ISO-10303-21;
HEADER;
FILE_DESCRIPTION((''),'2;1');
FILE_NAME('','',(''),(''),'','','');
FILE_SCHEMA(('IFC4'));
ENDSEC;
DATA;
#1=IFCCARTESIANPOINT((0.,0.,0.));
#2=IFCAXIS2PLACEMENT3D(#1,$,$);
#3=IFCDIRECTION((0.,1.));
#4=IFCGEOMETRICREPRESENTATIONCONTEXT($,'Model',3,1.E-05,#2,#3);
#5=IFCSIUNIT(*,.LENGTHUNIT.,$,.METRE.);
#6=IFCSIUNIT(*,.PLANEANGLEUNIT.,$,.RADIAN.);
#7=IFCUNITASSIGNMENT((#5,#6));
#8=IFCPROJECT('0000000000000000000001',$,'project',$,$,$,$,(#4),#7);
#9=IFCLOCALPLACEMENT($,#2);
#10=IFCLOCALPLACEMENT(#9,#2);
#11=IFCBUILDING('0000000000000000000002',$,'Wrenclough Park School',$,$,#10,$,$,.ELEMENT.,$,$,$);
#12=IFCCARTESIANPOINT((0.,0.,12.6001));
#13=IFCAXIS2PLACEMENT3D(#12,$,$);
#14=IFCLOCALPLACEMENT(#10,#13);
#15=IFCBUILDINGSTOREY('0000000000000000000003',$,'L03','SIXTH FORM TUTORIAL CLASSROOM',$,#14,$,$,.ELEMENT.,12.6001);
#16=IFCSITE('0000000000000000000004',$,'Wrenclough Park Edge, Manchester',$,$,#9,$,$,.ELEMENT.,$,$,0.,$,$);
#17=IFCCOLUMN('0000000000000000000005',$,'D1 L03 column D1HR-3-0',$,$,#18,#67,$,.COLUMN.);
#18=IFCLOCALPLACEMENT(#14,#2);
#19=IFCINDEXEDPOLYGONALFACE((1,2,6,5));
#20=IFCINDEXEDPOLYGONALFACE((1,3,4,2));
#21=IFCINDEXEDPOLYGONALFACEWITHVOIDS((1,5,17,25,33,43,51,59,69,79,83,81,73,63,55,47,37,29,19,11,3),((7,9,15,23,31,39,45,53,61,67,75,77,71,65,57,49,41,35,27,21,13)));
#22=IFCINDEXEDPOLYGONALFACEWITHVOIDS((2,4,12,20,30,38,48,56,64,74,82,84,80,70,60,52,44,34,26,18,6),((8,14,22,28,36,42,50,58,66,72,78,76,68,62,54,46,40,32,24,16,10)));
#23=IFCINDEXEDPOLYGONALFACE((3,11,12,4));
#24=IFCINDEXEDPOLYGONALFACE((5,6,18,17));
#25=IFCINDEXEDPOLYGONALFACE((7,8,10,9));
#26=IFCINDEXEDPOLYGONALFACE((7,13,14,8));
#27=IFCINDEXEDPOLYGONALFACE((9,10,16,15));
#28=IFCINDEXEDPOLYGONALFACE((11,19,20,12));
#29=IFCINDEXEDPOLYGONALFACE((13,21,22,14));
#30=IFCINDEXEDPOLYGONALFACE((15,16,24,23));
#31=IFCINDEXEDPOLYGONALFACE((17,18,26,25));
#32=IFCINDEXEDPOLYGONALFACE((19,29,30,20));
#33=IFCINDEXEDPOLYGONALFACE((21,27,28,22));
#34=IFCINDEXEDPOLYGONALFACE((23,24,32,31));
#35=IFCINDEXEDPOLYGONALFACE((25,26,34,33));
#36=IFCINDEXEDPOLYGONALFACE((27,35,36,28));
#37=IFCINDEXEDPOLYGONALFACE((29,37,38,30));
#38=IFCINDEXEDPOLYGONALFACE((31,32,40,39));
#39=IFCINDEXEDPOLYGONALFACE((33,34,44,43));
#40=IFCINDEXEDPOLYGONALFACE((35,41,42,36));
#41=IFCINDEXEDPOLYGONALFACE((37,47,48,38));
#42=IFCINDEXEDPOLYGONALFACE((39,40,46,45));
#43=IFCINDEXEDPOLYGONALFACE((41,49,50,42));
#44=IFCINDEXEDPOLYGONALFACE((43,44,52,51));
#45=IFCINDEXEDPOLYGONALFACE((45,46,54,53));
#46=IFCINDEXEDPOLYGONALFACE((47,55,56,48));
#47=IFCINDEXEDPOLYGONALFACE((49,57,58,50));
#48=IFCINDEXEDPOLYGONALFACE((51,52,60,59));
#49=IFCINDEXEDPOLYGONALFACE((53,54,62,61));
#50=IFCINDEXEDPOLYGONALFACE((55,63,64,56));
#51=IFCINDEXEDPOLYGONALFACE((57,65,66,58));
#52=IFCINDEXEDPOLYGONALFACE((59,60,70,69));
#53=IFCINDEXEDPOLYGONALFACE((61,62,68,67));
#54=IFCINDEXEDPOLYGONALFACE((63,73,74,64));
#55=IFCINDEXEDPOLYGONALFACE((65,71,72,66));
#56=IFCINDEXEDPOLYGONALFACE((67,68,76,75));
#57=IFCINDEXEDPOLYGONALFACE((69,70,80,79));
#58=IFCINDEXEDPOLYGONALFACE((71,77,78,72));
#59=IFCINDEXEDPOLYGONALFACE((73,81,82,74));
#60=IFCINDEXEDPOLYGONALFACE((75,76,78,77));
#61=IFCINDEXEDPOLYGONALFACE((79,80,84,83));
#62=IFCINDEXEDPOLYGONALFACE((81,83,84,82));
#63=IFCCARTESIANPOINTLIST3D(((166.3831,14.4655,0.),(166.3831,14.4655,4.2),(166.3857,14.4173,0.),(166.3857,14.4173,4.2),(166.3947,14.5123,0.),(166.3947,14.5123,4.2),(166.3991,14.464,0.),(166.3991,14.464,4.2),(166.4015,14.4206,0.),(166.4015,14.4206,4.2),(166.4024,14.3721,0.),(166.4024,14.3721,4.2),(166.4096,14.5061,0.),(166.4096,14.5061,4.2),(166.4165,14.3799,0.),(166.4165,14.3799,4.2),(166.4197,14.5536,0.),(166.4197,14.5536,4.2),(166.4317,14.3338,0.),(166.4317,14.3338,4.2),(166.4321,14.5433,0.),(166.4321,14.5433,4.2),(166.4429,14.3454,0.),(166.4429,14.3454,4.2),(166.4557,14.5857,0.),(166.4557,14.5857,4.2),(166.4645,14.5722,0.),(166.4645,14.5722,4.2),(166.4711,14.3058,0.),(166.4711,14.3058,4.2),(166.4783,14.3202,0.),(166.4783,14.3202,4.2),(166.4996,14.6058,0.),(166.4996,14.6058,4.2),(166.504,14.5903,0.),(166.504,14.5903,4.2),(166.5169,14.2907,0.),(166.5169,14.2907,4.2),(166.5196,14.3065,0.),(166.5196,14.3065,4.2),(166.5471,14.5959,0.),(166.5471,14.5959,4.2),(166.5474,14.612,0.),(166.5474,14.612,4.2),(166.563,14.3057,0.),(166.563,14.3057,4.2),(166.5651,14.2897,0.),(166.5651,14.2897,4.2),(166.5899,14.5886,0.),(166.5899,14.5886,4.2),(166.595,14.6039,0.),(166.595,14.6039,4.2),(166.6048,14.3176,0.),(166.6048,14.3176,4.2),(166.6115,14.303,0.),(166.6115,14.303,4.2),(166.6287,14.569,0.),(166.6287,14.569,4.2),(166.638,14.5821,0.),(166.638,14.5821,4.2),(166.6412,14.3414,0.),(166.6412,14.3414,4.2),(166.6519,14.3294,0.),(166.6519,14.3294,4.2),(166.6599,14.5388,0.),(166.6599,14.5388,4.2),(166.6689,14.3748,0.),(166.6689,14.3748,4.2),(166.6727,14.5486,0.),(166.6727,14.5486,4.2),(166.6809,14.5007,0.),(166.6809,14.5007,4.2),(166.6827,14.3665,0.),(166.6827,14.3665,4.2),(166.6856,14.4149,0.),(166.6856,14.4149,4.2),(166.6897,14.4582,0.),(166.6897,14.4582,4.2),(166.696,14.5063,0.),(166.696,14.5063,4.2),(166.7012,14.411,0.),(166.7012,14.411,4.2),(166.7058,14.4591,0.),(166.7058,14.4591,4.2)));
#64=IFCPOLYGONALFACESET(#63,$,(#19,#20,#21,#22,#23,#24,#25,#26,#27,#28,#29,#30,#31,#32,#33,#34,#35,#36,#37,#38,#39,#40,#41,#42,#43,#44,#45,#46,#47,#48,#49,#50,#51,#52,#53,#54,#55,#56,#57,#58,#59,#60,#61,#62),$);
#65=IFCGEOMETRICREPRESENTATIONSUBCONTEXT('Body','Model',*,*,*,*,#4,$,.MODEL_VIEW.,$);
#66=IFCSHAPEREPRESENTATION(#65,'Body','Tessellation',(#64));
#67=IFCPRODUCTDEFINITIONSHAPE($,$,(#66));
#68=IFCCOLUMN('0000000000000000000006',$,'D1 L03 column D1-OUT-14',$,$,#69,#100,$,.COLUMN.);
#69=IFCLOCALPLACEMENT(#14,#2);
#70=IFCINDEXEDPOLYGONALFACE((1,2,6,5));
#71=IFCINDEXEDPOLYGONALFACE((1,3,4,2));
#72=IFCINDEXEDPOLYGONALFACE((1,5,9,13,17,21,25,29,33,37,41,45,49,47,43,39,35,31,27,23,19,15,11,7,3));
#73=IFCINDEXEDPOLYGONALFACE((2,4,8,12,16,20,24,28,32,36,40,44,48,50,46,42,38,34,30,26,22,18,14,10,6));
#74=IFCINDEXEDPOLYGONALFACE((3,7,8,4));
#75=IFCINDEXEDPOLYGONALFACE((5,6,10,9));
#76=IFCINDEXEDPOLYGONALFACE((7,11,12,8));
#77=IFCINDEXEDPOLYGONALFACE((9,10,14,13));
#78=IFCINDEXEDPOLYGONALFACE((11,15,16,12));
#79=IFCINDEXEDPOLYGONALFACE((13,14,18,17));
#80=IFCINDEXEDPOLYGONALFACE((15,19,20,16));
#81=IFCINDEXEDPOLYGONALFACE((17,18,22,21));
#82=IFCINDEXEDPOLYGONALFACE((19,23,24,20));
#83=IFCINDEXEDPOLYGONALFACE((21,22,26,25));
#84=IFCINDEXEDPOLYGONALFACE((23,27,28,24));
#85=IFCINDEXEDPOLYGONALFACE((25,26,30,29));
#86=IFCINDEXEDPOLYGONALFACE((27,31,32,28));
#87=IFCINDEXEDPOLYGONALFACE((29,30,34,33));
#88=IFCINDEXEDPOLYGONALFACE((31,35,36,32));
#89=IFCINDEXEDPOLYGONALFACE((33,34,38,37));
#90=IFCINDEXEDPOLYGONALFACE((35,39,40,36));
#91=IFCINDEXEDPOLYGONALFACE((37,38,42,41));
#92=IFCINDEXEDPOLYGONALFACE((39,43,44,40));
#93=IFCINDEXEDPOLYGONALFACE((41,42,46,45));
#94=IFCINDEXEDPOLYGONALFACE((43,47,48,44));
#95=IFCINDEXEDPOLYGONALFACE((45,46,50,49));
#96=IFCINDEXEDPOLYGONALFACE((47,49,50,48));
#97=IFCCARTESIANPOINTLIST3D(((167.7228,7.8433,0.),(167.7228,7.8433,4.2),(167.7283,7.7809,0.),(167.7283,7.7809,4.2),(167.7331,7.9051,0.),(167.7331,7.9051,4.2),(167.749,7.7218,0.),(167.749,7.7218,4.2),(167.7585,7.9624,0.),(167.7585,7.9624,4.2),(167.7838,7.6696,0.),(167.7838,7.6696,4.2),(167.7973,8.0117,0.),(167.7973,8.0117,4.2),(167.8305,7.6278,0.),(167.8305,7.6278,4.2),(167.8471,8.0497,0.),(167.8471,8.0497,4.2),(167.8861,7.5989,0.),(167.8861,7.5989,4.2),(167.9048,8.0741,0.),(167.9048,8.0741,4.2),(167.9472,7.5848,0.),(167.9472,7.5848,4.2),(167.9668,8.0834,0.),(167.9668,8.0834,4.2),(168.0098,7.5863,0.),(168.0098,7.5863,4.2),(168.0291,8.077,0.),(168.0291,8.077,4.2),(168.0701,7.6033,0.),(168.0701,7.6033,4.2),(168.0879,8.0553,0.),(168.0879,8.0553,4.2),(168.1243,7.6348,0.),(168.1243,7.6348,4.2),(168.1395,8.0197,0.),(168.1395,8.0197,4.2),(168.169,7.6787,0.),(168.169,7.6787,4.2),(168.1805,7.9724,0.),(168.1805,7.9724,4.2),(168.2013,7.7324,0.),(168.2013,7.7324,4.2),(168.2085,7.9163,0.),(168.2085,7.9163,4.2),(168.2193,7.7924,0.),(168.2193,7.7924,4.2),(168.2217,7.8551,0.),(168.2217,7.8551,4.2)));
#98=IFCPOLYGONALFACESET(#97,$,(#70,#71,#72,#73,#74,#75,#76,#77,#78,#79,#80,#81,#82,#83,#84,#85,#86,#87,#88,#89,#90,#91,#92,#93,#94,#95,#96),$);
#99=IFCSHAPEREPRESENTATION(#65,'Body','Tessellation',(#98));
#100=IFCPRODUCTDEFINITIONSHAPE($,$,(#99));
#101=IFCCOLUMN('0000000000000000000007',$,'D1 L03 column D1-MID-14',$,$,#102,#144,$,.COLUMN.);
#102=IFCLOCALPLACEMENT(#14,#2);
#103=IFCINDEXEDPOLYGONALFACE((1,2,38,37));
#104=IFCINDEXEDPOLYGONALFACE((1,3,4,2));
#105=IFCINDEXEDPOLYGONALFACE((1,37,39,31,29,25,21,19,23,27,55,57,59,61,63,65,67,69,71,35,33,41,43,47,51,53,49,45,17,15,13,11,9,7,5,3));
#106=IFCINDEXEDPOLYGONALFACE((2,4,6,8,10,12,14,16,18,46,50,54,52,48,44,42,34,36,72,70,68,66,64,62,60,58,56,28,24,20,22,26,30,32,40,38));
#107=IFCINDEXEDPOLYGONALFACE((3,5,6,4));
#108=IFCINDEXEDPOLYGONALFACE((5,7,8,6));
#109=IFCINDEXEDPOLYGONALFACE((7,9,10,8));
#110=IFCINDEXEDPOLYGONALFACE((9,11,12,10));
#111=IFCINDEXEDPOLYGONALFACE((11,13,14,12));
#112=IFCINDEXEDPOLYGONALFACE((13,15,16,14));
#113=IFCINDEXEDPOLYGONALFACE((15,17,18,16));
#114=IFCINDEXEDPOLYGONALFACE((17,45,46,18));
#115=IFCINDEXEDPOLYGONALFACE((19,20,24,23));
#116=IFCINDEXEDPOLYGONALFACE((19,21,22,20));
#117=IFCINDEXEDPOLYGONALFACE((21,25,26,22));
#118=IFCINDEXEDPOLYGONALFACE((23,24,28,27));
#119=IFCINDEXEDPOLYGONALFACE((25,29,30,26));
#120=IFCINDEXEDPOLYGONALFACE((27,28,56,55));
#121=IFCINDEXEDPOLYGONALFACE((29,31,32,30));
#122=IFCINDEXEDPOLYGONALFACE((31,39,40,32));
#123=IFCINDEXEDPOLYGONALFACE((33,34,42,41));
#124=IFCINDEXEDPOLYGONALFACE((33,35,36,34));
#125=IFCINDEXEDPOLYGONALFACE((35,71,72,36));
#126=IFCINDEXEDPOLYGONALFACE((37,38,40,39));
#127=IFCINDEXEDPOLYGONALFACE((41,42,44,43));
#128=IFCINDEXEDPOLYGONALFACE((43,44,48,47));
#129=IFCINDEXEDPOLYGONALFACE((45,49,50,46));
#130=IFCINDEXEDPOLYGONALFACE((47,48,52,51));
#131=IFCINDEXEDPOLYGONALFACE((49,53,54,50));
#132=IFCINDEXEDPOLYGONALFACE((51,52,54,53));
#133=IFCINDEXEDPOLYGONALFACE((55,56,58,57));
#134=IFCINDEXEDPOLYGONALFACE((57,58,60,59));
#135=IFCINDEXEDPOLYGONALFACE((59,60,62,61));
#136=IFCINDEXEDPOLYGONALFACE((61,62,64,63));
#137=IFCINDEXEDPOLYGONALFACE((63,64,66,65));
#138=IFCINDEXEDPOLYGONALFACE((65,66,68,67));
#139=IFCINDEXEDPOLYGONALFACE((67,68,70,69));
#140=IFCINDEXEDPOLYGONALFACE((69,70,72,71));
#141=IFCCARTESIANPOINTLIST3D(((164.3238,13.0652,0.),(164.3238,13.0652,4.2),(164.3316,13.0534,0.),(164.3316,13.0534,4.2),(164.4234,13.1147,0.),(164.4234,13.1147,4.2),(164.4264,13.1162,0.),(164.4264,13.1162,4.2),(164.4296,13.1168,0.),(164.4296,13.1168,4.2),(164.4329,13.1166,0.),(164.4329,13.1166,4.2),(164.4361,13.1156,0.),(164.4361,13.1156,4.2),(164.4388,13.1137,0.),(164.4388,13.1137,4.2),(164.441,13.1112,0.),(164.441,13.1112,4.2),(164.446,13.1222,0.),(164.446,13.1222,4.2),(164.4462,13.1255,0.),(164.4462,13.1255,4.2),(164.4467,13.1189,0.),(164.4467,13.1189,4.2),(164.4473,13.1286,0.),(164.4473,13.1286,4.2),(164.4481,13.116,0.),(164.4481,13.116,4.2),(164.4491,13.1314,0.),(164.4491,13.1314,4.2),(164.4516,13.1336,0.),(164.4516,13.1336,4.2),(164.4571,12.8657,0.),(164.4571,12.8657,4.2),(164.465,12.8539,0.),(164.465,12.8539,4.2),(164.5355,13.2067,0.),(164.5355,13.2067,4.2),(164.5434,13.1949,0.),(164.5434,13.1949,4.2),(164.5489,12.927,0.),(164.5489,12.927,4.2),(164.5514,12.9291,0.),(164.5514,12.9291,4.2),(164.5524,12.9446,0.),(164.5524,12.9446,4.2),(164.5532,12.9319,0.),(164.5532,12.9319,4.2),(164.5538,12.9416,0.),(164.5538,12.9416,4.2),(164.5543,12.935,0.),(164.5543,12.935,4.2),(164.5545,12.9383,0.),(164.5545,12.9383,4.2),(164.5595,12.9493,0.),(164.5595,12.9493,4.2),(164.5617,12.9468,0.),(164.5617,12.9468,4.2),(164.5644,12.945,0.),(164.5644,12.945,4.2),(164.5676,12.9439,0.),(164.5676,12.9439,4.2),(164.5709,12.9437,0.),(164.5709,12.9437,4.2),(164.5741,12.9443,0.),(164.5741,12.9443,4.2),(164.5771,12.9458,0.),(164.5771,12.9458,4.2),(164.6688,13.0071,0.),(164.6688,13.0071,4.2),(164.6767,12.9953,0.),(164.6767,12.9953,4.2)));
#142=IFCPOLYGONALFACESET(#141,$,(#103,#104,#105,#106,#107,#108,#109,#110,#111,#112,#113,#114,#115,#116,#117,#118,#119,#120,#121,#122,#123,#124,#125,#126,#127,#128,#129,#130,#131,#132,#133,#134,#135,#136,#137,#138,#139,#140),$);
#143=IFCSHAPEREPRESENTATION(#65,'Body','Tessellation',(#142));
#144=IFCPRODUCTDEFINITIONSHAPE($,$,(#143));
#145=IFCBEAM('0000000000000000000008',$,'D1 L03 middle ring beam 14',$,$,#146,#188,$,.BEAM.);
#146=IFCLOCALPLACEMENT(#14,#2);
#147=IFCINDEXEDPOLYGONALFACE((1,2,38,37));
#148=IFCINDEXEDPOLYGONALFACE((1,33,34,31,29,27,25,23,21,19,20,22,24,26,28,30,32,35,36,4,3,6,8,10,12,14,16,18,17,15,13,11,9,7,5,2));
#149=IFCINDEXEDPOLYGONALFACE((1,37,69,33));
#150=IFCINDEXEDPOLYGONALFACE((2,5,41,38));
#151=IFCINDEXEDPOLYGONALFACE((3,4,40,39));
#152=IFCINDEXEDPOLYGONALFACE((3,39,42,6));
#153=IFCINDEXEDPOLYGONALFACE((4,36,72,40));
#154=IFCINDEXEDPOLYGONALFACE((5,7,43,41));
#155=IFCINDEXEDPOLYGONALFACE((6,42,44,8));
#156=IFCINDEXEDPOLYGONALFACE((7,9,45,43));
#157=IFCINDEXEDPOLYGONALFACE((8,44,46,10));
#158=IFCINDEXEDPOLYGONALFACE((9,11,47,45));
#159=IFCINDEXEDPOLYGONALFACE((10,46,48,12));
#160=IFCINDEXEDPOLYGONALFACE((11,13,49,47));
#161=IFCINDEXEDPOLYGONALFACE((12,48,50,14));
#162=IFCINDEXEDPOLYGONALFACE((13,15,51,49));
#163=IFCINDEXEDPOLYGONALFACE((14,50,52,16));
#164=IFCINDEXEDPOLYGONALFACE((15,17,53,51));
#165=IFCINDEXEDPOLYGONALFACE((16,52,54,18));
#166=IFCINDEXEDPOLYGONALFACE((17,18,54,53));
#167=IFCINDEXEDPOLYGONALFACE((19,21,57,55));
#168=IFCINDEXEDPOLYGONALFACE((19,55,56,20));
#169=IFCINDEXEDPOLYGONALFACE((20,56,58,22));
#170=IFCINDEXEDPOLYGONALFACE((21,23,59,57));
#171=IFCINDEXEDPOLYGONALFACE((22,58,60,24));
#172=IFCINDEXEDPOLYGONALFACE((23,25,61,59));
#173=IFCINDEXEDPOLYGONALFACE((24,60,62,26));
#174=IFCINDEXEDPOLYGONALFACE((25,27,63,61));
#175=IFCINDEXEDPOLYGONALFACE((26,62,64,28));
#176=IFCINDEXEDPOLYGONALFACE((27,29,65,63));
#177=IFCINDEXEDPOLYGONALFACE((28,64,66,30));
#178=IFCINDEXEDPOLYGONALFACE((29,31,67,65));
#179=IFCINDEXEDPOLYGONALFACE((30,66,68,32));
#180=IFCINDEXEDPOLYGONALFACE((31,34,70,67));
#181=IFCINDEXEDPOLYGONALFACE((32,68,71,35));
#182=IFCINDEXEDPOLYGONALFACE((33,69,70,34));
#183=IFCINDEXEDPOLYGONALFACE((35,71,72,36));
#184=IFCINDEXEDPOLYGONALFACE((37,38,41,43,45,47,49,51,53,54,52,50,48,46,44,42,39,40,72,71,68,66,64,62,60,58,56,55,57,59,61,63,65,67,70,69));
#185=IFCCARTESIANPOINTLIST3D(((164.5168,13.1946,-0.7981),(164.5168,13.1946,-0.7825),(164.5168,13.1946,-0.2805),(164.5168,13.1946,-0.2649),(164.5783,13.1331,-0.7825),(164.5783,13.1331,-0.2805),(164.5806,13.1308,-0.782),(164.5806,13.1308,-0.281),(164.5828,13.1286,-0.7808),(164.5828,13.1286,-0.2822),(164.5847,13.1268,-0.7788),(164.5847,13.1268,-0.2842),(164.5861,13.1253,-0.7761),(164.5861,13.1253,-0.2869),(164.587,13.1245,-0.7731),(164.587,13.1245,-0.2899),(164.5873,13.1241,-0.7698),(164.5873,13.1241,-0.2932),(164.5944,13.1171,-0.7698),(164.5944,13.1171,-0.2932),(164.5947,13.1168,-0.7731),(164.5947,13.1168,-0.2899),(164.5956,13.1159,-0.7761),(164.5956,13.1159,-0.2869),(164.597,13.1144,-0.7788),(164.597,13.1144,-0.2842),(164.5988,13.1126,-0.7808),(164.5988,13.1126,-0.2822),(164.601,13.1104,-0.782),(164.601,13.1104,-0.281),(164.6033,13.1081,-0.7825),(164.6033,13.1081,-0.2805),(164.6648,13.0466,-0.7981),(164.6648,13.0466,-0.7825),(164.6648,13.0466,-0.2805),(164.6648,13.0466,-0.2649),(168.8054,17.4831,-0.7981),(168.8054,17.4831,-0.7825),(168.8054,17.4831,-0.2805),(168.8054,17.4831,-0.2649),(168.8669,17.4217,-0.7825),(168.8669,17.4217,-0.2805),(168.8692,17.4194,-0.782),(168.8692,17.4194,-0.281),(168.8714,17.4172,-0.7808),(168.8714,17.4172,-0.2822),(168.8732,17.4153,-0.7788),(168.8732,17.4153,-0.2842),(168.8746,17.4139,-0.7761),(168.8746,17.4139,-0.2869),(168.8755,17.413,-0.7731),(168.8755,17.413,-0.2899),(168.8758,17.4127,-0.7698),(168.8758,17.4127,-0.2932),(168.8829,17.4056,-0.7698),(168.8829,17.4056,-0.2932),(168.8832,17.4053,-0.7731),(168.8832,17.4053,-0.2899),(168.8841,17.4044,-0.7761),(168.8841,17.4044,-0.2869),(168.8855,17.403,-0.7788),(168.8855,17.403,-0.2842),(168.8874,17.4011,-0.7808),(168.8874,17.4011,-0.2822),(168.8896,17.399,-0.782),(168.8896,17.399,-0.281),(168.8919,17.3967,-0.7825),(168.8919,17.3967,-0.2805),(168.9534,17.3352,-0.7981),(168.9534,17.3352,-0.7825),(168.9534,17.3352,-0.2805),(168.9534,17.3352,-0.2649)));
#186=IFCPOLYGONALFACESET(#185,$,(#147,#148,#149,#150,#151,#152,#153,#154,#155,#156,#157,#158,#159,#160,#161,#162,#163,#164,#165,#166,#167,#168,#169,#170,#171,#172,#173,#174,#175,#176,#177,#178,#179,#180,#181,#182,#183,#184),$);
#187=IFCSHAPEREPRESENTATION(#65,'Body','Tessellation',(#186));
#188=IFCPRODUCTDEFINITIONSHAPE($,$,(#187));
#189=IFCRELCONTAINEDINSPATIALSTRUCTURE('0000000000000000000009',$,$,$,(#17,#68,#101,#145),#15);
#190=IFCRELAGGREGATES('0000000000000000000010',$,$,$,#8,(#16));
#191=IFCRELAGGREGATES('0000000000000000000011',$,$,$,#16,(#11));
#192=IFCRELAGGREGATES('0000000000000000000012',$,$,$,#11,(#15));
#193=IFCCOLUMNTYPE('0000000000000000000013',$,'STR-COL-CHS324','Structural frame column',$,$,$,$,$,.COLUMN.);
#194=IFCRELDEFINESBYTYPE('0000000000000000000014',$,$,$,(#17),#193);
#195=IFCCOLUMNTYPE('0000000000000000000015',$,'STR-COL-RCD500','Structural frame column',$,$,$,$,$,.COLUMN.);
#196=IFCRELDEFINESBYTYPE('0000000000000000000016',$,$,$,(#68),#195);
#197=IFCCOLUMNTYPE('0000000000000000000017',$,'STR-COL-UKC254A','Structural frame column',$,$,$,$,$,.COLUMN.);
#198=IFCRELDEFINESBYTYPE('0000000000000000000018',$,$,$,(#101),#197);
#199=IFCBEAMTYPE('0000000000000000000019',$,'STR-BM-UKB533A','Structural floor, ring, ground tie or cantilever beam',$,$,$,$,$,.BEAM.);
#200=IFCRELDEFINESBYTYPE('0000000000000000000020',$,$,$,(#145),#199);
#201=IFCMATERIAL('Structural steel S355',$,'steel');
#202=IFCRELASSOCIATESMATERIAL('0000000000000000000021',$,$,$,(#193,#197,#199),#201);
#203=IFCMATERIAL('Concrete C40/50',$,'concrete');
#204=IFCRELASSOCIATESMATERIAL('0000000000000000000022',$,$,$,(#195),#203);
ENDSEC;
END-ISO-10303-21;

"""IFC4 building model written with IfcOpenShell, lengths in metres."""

from ifc_helpers import new_model, si_unit, direction, frame, origin, origin_2d, place, context, subcontext, project, spatial, circle, hollow_circle, i_section, extrude, material, material_profile, profile_set, type_object, element, save


model = new_model("IFC4")

# Units and contexts
model_context = context("Model", 3, precision=1e-05, world=origin(), true_north=direction((0.0, 1.0)))
body_context = subcontext(model_context, "Body", "Model", "MODEL_VIEW")
ifc_project = project(units=[si_unit("LENGTHUNIT", "METRE"), si_unit("PLANEANGLEUNIT", "RADIAN")], contexts=[model_context])

# Site, building, storey
site_placement = place(None, origin())
site = spatial("IfcSite", under=ifc_project, at=site_placement, Name="Wrenclough Park Edge, Manchester", CompositionType="ELEMENT", RefElevation=0.0)
building_placement = place(site_placement, origin())
building = spatial("IfcBuilding", under=site, at=building_placement, Name="Wrenclough Park School", CompositionType="ELEMENT")
storey_placement = place(building_placement, frame((0.0, 0.0, 12.6001)))
storey = spatial("IfcBuildingStorey", under=building, at=storey_placement, Name="L03", Description="SIXTH FORM TUTORIAL CLASSROOM", CompositionType="ELEMENT", Elevation=12.6001)

# Columns
ifc_material_1 = material(Name="Structural steel S355", Category="steel")
ifc_material_profile_1 = material_profile(ifc_material_1, hollow_circle(Radius=0.1619, WallThickness=0.0161, at=origin_2d()), Name="CHS 323.9x16.0")
ifc_profile_set_1 = profile_set([ifc_material_profile_1], Name="Structural steel S355")
column_type_1 = type_object("IfcColumnType", Name="STR-COL-CHS324", Description="Structural frame column", PredefinedType="COLUMN", material=ifc_profile_set_1)
column_1_placement = place(storey_placement, frame((166.5442, 14.4502, 0.0), z_axis=(0.0, 0.0, 1.0), x_axis=(0.970296, -0.241922, 0.0)))
element("IfcColumn", 1, at=column_1_placement, inside=storey, type_object=column_type_1, Name="D1 L03 column D1HR-3-0", PredefinedType="COLUMN", context=body_context, shape_type="SweptSolid", body=[
    extrude(hollow_circle(Radius=0.1619, WallThickness=0.0161, at=origin_2d()), origin(), (0.0, 0.0, 1.0), 4.2),
])
ifc_material_2 = material(Name="Concrete C40/50", Category="concrete")
ifc_material_profile_2 = material_profile(ifc_material_2, circle(Radius=0.25, at=origin_2d()), Name="RC COL D500")
ifc_profile_set_2 = profile_set([ifc_material_profile_2], Name="Concrete C40/50")
column_type_2 = type_object("IfcColumnType", Name="STR-COL-RCD500", Description="Structural frame column", PredefinedType="COLUMN", material=ifc_profile_set_2)
column_2_placement = place(storey_placement, frame((167.9727, 7.8335, 0.0), z_axis=(0.0, 0.0, 1.0), x_axis=(0.83147, 0.55557, 0.0)))
element("IfcColumn", 2, at=column_2_placement, inside=storey, type_object=column_type_2, Name="D1 L03 column D1-OUT-14", PredefinedType="COLUMN", context=body_context, shape_type="SweptSolid", body=[
    extrude(circle(Radius=0.25, at=origin_2d()), origin(), (0.0, 0.0, 1.0), 4.2),
])
ifc_material_profile_3 = material_profile(ifc_material_1, i_section(OverallWidth=0.2546, OverallDepth=0.2542, WebThickness=0.0085, FlangeThickness=0.0142, FilletRadius=0.0127, at=origin_2d()), Name="UKC 254x254x73")
ifc_profile_set_3 = profile_set([ifc_material_profile_3], Name="Structural steel S355")
column_type_3 = type_object("IfcColumnType", Name="STR-COL-UKC254A", Description="Structural frame column", PredefinedType="COLUMN", material=ifc_profile_set_3)
column_3_placement = place(storey_placement, frame((164.5002, 13.0303, 0.0), z_axis=(0.0, 0.0, 1.0), x_axis=(0.83147, 0.55557, 0.0)))
element("IfcColumn", 3, at=column_3_placement, inside=storey, type_object=column_type_3, Name="D1 L03 column D1-MID-14", PredefinedType="COLUMN", context=body_context, shape_type="SweptSolid", body=[
    extrude(i_section(OverallWidth=0.2546, OverallDepth=0.2542, WebThickness=0.0085, FlangeThickness=0.0142, FilletRadius=0.0127, at=origin_2d()), origin(), (0.0, 0.0, 1.0), 4.2),
])

# Beam
ifc_material_profile_4 = material_profile(ifc_material_1, i_section(OverallWidth=0.2092, OverallDepth=0.5332, WebThickness=0.01, FlangeThickness=0.0156, FilletRadius=0.0127, at=origin_2d()), Name="UKB 533x210x92")
ifc_profile_set_4 = profile_set([ifc_material_profile_4], Name="Structural steel S355")
beam_type_1 = type_object("IfcBeamType", Name="STR-BM-UKB533A", Description="Structural floor, ring, ground tie or cantilever beam", PredefinedType="BEAM", material=ifc_profile_set_4)
beam_1_placement = place(storey_placement, frame((164.5908, 13.1206, -0.5315), z_axis=(0.707107, 0.707107, 0.0), x_axis=(-0.707107, 0.707107, 0.0)))
element("IfcBeam", 4, at=beam_1_placement, inside=storey, type_object=beam_type_1, Name="D1 L03 middle ring beam 14", PredefinedType="BEAM", context=body_context, shape_type="SweptSolid", body=[
    extrude(i_section(OverallWidth=0.2092, OverallDepth=0.5332, WebThickness=0.01, FlangeThickness=0.0156, FilletRadius=0.0127, at=origin_2d()), origin(), (0.0, 0.0, 1.0), 6.0649),
])

save(model, "model.ifc")
